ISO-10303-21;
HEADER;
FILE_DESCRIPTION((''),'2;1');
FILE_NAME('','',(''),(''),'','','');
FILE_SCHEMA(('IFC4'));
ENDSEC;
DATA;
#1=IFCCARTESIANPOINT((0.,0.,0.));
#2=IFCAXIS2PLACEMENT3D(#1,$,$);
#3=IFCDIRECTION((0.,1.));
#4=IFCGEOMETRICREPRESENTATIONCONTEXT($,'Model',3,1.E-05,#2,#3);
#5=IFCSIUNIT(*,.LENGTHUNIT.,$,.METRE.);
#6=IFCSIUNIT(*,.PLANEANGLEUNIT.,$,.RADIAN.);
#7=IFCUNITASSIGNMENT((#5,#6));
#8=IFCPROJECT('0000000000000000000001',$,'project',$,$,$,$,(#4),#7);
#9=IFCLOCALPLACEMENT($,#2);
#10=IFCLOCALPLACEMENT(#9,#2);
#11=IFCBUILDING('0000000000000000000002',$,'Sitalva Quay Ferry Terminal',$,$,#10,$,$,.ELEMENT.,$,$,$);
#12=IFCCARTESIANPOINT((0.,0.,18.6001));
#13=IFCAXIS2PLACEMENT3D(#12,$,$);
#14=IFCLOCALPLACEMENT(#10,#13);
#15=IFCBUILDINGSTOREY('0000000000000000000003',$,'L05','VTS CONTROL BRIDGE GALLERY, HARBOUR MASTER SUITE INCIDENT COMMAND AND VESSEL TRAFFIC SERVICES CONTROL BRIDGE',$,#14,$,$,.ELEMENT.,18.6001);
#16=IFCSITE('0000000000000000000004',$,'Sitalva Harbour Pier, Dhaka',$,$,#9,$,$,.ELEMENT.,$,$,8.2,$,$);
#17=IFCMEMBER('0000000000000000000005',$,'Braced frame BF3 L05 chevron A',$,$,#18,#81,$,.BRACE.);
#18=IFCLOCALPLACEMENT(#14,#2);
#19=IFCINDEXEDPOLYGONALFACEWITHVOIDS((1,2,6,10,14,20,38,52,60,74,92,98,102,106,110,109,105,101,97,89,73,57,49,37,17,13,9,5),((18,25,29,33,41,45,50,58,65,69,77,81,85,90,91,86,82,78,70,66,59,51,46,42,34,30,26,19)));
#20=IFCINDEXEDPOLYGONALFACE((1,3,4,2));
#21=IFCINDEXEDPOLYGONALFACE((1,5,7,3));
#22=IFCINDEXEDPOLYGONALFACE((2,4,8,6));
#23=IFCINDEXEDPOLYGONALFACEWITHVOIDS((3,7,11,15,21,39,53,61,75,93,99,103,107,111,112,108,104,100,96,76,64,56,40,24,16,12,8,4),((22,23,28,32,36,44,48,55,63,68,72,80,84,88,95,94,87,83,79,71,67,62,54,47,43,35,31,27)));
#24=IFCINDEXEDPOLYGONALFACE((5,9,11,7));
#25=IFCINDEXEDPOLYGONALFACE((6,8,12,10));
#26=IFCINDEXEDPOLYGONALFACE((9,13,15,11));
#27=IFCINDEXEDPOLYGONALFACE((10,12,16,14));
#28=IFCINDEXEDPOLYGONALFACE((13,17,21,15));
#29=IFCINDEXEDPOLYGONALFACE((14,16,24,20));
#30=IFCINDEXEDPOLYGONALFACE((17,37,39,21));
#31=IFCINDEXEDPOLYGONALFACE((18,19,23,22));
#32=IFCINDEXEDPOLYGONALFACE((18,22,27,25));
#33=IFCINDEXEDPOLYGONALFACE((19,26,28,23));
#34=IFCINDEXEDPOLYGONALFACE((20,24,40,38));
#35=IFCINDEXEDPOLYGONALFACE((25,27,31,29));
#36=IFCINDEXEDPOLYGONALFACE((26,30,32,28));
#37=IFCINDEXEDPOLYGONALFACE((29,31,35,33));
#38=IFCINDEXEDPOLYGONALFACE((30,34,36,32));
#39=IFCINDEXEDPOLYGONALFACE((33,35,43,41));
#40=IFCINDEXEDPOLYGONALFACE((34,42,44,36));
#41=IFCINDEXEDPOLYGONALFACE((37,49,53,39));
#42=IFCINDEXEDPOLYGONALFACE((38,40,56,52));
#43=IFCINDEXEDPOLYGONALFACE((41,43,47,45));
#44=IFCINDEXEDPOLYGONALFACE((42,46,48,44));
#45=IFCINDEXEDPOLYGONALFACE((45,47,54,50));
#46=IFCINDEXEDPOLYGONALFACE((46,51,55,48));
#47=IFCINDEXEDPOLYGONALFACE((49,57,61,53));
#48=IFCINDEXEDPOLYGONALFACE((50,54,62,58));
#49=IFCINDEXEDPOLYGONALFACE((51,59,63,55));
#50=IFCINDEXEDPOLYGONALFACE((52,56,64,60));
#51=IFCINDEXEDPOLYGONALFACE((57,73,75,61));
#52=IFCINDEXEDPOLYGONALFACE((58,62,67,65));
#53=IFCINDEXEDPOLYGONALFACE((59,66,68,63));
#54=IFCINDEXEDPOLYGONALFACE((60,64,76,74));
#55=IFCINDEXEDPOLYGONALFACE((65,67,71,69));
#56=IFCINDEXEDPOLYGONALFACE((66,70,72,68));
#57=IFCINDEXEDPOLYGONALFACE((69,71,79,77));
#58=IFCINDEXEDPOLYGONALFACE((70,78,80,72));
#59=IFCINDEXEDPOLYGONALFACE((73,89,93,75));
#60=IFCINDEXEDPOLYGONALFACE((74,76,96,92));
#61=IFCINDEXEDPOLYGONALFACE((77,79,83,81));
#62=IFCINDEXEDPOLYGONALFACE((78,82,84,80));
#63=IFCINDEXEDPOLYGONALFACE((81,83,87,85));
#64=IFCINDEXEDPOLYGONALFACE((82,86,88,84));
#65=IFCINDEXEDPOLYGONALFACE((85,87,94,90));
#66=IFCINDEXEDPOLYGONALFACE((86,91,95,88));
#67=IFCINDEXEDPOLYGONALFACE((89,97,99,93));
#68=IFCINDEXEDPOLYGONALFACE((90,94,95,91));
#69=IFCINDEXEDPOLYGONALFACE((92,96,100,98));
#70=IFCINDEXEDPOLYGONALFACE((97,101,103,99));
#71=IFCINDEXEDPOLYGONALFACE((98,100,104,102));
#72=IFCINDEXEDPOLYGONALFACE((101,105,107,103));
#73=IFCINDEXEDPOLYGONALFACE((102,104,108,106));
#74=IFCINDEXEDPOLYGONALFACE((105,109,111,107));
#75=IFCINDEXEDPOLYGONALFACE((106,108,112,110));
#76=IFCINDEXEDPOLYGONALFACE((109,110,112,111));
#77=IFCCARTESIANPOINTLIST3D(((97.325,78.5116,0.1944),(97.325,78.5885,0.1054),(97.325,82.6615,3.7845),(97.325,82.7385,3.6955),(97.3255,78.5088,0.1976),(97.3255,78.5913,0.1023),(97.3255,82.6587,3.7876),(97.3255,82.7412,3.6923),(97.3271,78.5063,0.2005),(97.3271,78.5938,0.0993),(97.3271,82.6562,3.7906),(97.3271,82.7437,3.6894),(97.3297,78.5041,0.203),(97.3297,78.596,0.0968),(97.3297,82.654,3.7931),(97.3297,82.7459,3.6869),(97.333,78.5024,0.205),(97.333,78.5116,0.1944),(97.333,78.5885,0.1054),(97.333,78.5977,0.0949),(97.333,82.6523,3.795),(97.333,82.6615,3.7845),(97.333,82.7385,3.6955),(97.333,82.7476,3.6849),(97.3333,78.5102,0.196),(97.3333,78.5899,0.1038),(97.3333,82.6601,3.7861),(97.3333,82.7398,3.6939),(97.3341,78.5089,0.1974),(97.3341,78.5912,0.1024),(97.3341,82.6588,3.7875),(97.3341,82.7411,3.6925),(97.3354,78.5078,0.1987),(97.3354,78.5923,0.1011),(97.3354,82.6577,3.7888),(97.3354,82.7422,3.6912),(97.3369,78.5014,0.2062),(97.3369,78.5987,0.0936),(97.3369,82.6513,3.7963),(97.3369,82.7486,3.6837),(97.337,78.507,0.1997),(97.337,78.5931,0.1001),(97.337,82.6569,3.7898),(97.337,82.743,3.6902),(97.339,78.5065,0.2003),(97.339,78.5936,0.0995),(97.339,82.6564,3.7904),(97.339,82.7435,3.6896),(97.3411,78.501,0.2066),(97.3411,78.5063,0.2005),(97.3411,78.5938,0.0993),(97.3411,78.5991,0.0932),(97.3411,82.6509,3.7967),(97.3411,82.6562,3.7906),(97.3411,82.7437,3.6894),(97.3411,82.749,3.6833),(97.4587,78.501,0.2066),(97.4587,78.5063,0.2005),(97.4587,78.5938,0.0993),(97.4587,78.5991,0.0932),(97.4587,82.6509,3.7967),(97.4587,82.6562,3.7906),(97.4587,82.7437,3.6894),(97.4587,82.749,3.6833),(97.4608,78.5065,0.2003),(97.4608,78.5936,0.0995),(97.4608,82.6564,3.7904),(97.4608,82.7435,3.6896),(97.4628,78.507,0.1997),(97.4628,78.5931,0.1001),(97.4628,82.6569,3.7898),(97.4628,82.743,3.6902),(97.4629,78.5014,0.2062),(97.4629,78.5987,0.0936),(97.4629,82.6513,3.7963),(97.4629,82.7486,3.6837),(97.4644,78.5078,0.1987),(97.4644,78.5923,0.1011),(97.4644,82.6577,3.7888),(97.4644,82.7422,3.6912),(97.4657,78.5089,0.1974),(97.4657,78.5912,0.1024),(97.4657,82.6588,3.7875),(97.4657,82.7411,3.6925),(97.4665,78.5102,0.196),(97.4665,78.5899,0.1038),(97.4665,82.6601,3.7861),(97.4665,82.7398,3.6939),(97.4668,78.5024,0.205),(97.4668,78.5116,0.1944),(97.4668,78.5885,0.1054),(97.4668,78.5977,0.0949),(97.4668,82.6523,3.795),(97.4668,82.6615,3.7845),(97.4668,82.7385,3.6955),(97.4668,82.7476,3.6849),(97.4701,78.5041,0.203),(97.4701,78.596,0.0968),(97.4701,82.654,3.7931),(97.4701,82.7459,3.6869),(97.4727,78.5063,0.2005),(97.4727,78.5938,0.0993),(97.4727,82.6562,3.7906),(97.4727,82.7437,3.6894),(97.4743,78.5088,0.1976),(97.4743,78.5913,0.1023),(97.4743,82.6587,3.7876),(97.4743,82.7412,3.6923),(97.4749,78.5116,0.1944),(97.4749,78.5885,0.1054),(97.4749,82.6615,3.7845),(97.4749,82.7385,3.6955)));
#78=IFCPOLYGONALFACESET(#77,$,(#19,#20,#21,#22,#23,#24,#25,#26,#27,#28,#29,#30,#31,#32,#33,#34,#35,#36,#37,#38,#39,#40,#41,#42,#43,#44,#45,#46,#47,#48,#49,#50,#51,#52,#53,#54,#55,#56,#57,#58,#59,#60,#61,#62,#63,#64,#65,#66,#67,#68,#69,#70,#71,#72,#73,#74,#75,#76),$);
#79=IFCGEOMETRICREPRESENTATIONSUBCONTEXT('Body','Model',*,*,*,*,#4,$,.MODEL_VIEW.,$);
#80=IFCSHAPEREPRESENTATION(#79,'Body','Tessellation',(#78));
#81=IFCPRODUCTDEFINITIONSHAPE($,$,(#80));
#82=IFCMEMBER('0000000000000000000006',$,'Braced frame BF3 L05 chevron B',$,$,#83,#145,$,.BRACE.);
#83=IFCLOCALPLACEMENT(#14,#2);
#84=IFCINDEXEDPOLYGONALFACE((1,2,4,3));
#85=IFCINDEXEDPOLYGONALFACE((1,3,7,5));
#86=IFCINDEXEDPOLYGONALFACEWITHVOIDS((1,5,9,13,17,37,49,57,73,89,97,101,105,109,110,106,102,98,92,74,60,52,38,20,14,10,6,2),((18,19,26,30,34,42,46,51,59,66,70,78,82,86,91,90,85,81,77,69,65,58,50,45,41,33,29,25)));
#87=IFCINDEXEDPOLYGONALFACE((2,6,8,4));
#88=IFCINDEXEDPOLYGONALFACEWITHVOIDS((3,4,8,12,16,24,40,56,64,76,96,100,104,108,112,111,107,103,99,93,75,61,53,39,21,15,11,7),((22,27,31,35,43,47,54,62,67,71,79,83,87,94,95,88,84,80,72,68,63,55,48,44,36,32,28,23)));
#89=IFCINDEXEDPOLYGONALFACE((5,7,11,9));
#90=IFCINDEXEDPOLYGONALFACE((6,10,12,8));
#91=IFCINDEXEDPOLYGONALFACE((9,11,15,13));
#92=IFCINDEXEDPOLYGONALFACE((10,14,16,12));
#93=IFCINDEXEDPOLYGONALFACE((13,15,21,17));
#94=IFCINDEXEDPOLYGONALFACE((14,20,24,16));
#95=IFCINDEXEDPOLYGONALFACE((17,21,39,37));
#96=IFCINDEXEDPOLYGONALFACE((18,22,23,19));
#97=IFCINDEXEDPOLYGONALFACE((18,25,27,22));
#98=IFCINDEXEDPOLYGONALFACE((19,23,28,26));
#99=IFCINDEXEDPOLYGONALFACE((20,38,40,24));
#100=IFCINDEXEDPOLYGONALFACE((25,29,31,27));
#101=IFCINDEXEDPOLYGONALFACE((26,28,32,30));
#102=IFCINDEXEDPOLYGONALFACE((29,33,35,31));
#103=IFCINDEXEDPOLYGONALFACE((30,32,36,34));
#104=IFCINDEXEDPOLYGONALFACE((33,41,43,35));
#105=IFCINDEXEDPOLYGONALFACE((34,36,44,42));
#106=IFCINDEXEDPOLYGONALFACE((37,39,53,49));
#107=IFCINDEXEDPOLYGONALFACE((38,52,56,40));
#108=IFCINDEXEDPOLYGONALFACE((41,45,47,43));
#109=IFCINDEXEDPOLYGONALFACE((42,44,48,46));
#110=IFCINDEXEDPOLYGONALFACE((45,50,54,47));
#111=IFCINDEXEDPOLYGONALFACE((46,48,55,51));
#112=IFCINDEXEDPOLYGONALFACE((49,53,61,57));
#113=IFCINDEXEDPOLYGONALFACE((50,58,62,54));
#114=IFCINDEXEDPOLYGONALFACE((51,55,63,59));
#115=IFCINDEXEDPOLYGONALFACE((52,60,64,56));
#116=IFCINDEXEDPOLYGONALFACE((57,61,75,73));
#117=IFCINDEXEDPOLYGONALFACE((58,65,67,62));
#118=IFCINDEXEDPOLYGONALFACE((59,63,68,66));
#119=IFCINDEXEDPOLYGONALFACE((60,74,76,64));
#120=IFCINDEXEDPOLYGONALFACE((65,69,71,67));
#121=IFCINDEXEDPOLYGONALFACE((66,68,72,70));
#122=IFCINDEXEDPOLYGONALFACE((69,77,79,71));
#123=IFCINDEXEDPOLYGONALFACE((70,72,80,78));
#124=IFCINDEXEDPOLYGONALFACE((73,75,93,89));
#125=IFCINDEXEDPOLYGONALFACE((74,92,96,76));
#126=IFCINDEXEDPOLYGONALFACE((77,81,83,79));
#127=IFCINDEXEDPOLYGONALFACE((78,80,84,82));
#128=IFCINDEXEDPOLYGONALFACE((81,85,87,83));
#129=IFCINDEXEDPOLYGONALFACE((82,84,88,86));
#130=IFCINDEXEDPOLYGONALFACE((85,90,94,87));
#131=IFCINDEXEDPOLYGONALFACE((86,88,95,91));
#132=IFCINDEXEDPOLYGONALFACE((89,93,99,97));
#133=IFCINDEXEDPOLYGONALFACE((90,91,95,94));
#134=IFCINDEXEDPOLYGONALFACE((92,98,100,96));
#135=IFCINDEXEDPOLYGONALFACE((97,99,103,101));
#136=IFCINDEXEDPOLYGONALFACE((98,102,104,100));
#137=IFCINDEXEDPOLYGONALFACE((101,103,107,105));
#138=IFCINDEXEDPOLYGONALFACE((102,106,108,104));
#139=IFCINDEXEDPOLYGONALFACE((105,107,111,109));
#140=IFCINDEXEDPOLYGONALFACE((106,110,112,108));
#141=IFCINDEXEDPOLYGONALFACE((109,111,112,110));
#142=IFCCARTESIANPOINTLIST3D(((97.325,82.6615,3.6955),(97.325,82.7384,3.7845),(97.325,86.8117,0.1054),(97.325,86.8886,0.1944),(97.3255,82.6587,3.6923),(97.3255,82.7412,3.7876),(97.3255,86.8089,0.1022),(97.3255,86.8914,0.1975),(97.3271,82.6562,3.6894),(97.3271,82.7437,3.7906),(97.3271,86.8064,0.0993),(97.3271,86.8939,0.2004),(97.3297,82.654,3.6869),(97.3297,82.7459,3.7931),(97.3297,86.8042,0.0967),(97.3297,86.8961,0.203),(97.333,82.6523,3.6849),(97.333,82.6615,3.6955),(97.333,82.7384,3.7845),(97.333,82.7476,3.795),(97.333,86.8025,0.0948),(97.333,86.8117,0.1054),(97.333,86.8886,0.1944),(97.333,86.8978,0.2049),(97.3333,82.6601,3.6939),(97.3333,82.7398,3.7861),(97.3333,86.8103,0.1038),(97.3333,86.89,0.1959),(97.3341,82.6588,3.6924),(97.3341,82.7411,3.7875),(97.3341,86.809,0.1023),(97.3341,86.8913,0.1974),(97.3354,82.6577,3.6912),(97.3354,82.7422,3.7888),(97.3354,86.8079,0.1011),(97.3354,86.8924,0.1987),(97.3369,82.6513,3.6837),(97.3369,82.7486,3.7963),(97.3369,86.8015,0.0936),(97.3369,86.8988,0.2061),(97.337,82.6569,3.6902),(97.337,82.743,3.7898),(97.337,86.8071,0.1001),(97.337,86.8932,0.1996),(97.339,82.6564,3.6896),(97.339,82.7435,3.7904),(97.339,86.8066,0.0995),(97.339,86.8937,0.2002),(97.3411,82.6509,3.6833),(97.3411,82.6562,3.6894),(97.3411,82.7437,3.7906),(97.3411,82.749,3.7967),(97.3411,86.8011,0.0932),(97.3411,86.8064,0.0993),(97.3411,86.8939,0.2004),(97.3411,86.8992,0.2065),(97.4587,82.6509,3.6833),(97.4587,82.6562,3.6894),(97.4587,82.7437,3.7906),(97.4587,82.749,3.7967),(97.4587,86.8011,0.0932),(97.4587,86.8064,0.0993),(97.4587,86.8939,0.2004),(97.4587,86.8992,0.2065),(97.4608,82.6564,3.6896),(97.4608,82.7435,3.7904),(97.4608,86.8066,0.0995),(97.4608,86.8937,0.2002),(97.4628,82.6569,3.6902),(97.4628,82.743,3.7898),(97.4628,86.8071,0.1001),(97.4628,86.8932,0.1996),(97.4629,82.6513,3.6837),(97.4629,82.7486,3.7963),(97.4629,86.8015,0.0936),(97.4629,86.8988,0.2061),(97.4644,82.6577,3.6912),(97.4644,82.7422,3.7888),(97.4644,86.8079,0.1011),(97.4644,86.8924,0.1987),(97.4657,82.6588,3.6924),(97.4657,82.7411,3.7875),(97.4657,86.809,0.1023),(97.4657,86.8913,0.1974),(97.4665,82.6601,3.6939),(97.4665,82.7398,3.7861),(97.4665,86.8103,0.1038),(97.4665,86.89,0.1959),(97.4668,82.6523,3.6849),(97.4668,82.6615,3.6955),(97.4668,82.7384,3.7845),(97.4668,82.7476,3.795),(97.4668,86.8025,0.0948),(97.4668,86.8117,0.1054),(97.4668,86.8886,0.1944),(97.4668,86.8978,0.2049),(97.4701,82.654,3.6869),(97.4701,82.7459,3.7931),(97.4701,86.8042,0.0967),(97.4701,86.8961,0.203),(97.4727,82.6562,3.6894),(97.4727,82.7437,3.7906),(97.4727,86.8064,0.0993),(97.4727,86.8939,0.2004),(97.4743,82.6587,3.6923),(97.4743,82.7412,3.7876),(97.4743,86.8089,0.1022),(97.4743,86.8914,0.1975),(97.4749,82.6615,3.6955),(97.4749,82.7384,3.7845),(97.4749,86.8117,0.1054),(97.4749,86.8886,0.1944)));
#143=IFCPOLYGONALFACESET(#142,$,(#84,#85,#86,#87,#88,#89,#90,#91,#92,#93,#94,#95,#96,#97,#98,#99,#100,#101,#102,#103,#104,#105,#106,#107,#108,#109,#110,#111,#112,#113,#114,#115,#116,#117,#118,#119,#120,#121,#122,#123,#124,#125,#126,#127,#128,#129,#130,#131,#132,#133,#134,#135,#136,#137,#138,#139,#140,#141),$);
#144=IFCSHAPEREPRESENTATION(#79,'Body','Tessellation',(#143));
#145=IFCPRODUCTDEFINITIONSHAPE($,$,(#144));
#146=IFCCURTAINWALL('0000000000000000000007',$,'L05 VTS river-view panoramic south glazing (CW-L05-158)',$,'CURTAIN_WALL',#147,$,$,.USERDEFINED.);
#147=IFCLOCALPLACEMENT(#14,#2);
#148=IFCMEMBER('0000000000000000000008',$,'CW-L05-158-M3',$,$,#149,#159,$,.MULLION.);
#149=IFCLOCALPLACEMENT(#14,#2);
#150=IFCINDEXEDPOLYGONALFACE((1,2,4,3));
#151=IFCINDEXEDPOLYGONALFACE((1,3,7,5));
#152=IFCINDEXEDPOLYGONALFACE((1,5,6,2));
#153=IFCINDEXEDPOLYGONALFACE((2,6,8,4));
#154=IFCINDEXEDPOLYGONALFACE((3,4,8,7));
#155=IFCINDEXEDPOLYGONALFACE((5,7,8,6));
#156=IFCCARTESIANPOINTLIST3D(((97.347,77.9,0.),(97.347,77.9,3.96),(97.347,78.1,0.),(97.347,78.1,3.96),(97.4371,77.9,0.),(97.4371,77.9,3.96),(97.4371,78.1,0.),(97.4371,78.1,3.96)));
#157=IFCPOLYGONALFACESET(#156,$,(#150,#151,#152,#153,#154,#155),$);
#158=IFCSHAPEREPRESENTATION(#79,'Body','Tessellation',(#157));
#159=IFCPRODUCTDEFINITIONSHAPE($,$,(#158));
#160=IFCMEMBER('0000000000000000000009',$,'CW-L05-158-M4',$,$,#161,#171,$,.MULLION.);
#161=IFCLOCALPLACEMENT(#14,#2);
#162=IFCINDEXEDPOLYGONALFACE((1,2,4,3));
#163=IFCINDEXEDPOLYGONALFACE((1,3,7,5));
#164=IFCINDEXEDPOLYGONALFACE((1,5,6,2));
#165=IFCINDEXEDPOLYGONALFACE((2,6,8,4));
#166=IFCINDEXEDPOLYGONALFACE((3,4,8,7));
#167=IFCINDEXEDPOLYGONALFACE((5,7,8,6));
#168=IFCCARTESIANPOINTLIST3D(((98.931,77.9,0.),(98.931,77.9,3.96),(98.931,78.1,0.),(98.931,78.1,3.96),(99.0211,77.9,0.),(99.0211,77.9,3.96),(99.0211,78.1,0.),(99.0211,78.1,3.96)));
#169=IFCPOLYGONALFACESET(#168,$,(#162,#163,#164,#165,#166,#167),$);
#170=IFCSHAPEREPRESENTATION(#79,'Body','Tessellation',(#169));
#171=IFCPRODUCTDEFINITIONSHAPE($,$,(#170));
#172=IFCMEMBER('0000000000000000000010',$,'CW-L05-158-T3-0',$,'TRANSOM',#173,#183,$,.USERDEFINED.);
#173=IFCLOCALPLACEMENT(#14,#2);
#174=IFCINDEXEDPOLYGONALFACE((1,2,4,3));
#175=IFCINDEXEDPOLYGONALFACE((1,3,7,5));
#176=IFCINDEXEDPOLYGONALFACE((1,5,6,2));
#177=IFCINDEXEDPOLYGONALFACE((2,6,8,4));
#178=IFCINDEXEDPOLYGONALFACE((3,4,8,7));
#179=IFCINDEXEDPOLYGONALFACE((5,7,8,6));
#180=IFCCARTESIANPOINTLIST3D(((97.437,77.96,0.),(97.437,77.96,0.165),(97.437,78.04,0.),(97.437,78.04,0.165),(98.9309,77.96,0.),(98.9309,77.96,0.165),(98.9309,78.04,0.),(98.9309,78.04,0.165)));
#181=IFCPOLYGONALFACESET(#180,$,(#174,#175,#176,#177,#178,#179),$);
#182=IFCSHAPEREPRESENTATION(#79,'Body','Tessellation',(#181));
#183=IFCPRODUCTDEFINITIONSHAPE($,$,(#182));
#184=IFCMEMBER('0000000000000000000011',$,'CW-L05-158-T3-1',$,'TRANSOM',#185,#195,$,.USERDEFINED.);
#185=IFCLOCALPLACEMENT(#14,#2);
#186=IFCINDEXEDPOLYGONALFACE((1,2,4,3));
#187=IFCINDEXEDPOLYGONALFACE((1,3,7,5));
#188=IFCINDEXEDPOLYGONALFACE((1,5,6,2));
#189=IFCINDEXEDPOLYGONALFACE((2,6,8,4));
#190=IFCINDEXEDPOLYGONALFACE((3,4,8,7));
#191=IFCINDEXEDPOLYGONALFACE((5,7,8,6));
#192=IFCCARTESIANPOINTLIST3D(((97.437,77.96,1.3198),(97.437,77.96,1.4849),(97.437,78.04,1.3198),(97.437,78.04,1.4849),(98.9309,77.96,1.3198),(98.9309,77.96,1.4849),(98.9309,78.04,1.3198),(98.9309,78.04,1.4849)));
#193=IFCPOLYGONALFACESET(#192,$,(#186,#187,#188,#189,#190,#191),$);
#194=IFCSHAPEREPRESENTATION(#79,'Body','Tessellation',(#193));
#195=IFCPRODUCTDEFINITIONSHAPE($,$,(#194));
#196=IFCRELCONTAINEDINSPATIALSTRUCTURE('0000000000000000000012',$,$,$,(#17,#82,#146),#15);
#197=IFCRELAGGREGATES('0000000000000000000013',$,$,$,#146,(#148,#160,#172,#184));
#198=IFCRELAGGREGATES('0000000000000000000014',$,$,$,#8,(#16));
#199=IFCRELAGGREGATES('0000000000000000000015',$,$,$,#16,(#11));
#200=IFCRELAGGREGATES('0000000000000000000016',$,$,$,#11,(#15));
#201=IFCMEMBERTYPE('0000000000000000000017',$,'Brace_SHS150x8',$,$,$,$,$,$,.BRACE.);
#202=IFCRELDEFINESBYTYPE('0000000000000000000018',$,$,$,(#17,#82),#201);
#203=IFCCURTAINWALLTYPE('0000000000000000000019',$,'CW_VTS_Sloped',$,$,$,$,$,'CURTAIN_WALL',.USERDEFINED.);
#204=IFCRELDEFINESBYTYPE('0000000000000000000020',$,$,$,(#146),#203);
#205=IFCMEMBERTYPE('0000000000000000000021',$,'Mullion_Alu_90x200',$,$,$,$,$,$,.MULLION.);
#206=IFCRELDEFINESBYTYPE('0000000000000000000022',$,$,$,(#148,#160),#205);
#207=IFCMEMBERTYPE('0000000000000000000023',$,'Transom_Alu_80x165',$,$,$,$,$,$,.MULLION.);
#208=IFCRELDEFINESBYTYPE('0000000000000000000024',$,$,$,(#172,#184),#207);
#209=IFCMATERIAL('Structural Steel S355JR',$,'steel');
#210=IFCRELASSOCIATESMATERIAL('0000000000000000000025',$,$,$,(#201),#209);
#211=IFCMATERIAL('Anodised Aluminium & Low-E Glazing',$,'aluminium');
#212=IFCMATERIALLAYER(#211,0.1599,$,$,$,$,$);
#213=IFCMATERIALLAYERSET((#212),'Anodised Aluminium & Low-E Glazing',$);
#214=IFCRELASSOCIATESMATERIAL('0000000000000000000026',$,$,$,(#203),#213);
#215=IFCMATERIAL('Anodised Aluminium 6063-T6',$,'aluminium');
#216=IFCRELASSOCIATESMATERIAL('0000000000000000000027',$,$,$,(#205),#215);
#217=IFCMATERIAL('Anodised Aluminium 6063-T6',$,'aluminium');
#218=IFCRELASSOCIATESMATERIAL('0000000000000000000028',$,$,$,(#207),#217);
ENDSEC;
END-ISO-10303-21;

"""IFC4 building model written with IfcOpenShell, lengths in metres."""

from ifc_helpers import new_model, si_unit, direction, frame, origin, origin_2d, place, context, subcontext, project, spatial, rectangle, hollow_rectangle, extrude, material, layer, layer_set, material_profile, profile_set, type_object, element, aggregate, save


model = new_model("IFC4")

# Units and contexts
model_context = context("Model", 3, precision=1e-05, world=origin(), true_north=direction((0.0, 1.0)))
body_context = subcontext(model_context, "Body", "Model", "MODEL_VIEW")
ifc_project = project(units=[si_unit("LENGTHUNIT", "METRE"), si_unit("PLANEANGLEUNIT", "RADIAN")], contexts=[model_context])

# Site, building, storey
site_placement = place(None, origin())
site = spatial("IfcSite", under=ifc_project, at=site_placement, Name="Sitalva Harbour Pier, Dhaka", CompositionType="ELEMENT", RefElevation=8.2)
building_placement = place(site_placement, origin())
building = spatial("IfcBuilding", under=site, at=building_placement, Name="Sitalva Quay Ferry Terminal", CompositionType="ELEMENT")
storey_placement = place(building_placement, frame((0.0, 0.0, 18.6001)))
storey = spatial("IfcBuildingStorey", under=building, at=storey_placement, Name="L05", Description="VTS CONTROL BRIDGE GALLERY, HARBOUR MASTER SUITE INCIDENT COMMAND AND VESSEL TRAFFIC SERVICES CONTROL BRIDGE", CompositionType="ELEMENT", Elevation=18.6001)

# Members
ifc_material_1 = material(Name="Structural Steel S355JR", Category="steel")
ifc_material_profile_1 = material_profile(ifc_material_1, hollow_rectangle(XDim=0.1499, YDim=0.1499, WallThickness=0.0081, InnerFilletRadius=0.0081, OuterFilletRadius=0.0161, at=origin_2d()), Name="SHS150x150x8")
ifc_profile_set_1 = profile_set([ifc_material_profile_1], Name="Structural Steel S355JR")
member_type_1 = type_object("IfcMemberType", Name="Brace_SHS150x8", PredefinedType="BRACE", material=ifc_profile_set_1)
member_1_placement = place(storey_placement, frame((97.3999, 78.55, 0.1499), z_axis=(0.0, 0.756275, 0.654254), x_axis=(-1.0, 0.0, 0.0)))
element("IfcMember", 1, at=member_1_placement, inside=storey, type_object=member_type_1, Name="Braced frame BF3 L05 chevron A", PredefinedType="BRACE", context=body_context, shape_type="SweptSolid", body=[
    extrude(hollow_rectangle(XDim=0.1499, YDim=0.1499, WallThickness=0.0081, InnerFilletRadius=0.0081, OuterFilletRadius=0.0161, at=origin_2d()), origin(), (0.0, 0.0, 1.0), 5.4873),
])
member_2_placement = place(storey_placement, frame((97.3999, 82.7, 3.74), z_axis=(0.0, 0.756294, -0.654232), x_axis=(-1.0, 0.0, 0.0)))
element("IfcMember", 2, at=member_2_placement, inside=storey, type_object=member_type_1, Name="Braced frame BF3 L05 chevron B", PredefinedType="BRACE", context=body_context, shape_type="SweptSolid", body=[
    extrude(hollow_rectangle(XDim=0.1499, YDim=0.1499, WallThickness=0.0081, InnerFilletRadius=0.0081, OuterFilletRadius=0.0161, at=origin_2d()), origin(), (0.0, 0.0, 1.0), 5.4875),
])

# Curtain wall, members
ifc_material_2 = material(Name="Anodised Aluminium & Low-E Glazing", Category="aluminium")
ifc_layer_1 = layer(ifc_material_2, 0.1599)
ifc_layer_set_1 = layer_set([ifc_layer_1], Name="Anodised Aluminium & Low-E Glazing")
curtain_wall_type = type_object("IfcCurtainWallType", Name="CW_VTS_Sloped", ElementType="CURTAIN_WALL", PredefinedType="USERDEFINED", material=ifc_layer_set_1)
curtain_wall_placement = place(storey_placement, origin())
curtain_wall = element("IfcCurtainWall", 3, at=curtain_wall_placement, inside=storey, type_object=curtain_wall_type, Name="L05 VTS river-view panoramic south glazing (CW-L05-158)", ObjectType="CURTAIN_WALL", PredefinedType="USERDEFINED")
ifc_material_3 = material(Name="Anodised Aluminium 6063-T6", Category="aluminium")
ifc_material_profile_2 = material_profile(ifc_material_3, rectangle(XDim=0.0901, YDim=0.2, at=origin_2d()), Name="ALU90x200")
ifc_profile_set_2 = profile_set([ifc_material_profile_2], Name="Anodised Aluminium 6063-T6")
member_type_2 = type_object("IfcMemberType", Name="Mullion_Alu_90x200", PredefinedType="MULLION", material=ifc_profile_set_2)
member_3_placement = place(storey_placement, frame((97.3921, 78.0, 0.0), z_axis=(0.0, 0.0, 1.0), x_axis=(1.0, 0.0, 0.0)))
member_3 = element("IfcMember", 4, at=member_3_placement, type_object=member_type_2, Name="CW-L05-158-M3", PredefinedType="MULLION", context=body_context, shape_type="SweptSolid", body=[
    extrude(rectangle(XDim=0.0901, YDim=0.2, at=origin_2d()), origin(), (0.0, 0.0, 1.0), 3.96),
])
member_4_placement = place(storey_placement, frame((98.9761, 78.0, 0.0), z_axis=(0.0, 0.0, 1.0), x_axis=(1.0, 0.0, 0.0)))
member_4 = element("IfcMember", 5, at=member_4_placement, type_object=member_type_2, Name="CW-L05-158-M4", PredefinedType="MULLION", context=body_context, shape_type="SweptSolid", body=[
    extrude(rectangle(XDim=0.0901, YDim=0.2, at=origin_2d()), origin(), (0.0, 0.0, 1.0), 3.96),
])
ifc_material_4 = material(Name="Anodised Aluminium 6063-T6", Category="aluminium")
ifc_material_profile_3 = material_profile(ifc_material_4, rectangle(XDim=0.0801, YDim=0.165, at=origin_2d()), Name="ALU80x165")
ifc_profile_set_3 = profile_set([ifc_material_profile_3], Name="Anodised Aluminium 6063-T6")
member_type_3 = type_object("IfcMemberType", Name="Transom_Alu_80x165", PredefinedType="MULLION", material=ifc_profile_set_3)
member_5_placement = place(storey_placement, frame((97.437, 78.0, 0.0825), z_axis=(1.0, 0.0, 0.0), x_axis=(0.0, 1.0, 0.0)))
member_5 = element("IfcMember", 6, at=member_5_placement, type_object=member_type_3, Name="CW-L05-158-T3-0", ObjectType="TRANSOM", PredefinedType="USERDEFINED", context=body_context, shape_type="SweptSolid", body=[
    extrude(rectangle(XDim=0.0801, YDim=0.165, at=origin_2d()), origin(), (0.0, 0.0, 1.0), 1.4939),
])
member_6_placement = place(storey_placement, frame((97.437, 78.0, 1.4023), z_axis=(1.0, 0.0, 0.0), x_axis=(0.0, 1.0, 0.0)))
member_6 = element("IfcMember", 7, at=member_6_placement, type_object=member_type_3, Name="CW-L05-158-T3-1", ObjectType="TRANSOM", PredefinedType="USERDEFINED", context=body_context, shape_type="SweptSolid", body=[
    extrude(rectangle(XDim=0.0801, YDim=0.165, at=origin_2d()), origin(), (0.0, 0.0, 1.0), 1.4939),
])

aggregate(curtain_wall, [member_3, member_4, member_5, member_6])

save(model, "model.ifc")
